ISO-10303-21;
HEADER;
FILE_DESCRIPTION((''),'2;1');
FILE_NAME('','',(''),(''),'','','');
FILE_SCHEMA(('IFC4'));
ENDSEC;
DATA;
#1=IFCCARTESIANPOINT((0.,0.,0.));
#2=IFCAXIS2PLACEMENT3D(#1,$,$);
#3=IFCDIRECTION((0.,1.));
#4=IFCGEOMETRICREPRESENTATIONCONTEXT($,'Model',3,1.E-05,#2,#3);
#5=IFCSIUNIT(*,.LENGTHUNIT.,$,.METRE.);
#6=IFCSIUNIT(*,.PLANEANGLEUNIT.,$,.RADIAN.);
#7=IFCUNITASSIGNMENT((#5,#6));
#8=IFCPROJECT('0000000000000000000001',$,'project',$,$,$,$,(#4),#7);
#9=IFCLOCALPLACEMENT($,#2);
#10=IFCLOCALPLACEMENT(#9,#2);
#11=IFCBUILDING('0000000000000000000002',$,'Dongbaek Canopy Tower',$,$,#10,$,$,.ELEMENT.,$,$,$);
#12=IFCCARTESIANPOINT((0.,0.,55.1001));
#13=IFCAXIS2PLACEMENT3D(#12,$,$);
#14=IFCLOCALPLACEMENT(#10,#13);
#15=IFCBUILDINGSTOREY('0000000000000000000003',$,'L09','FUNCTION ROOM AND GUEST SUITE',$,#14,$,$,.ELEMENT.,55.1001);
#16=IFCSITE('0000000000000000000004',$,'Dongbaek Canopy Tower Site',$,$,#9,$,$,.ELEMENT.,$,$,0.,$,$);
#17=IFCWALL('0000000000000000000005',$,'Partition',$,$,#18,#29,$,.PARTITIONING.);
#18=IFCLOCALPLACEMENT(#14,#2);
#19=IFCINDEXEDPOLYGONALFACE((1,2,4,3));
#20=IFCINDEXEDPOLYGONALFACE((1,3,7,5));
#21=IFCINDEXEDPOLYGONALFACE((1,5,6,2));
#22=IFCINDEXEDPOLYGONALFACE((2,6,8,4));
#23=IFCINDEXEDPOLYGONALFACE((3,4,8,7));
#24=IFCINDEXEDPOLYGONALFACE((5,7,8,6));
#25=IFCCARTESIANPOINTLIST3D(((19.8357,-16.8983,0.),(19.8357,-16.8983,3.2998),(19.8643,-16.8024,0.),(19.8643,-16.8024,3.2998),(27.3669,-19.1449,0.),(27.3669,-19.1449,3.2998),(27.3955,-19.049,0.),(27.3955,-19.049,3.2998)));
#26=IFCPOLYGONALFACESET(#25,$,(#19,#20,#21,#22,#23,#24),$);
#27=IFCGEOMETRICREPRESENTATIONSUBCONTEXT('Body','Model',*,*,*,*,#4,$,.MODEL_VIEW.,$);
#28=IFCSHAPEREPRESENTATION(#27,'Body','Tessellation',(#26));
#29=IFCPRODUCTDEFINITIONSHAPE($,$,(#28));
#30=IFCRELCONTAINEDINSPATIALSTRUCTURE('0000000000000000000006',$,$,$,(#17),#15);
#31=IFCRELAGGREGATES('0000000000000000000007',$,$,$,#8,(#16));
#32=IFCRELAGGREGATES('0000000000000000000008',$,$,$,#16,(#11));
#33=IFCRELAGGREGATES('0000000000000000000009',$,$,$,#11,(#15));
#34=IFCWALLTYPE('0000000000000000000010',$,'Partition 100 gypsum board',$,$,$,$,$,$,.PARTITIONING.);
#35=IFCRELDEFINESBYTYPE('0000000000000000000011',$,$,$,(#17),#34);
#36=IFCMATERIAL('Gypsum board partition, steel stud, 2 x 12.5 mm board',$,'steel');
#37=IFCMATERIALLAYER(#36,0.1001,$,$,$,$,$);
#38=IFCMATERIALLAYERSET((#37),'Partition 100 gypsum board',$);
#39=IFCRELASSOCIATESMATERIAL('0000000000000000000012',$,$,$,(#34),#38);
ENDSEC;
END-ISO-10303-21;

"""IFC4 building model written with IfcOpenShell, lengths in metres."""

from ifc_helpers import new_model, si_unit, direction, frame, frame_2d, origin, place, context, subcontext, project, spatial, rectangle, extrude, material, layer, layer_set, type_object, element, save


model = new_model("IFC4")

# Units and contexts
model_context = context("Model", 3, precision=1e-05, world=origin(), true_north=direction((0.0, 1.0)))
body_context = subcontext(model_context, "Body", "Model", "MODEL_VIEW")
ifc_project = project(units=[si_unit("LENGTHUNIT", "METRE"), si_unit("PLANEANGLEUNIT", "RADIAN")], contexts=[model_context])

# Site, building, storey
site_placement = place(None, origin())
site = spatial("IfcSite", under=ifc_project, at=site_placement, Name="Dongbaek Canopy Tower Site", CompositionType="ELEMENT", RefElevation=0.0)
building_placement = place(site_placement, origin())
building = spatial("IfcBuilding", under=site, at=building_placement, Name="Dongbaek Canopy Tower", CompositionType="ELEMENT")
storey_placement = place(building_placement, frame((0.0, 0.0, 55.1001)))
storey = spatial("IfcBuildingStorey", under=building, at=storey_placement, Name="L09", Description="FUNCTION ROOM AND GUEST SUITE", CompositionType="ELEMENT", Elevation=55.1001)

# Wall
ifc_material_1 = material(Name="Gypsum board partition, steel stud, 2 x 12.5 mm board", Category="steel")
ifc_layer = layer(ifc_material_1, 0.1001)
ifc_layer_set = layer_set([ifc_layer], Name="Partition 100 gypsum board")
wall_type = type_object("IfcWallType", Name="Partition 100 gypsum board", PredefinedType="PARTITIONING", material=ifc_layer_set)
wall_placement = place(storey_placement, frame((19.8499, -16.8503, 0.0), z_axis=(0.0, 0.0, 1.0), x_axis=(0.958273, -0.285854, 0.0)))
element("IfcWall", 1, at=wall_placement, inside=storey, type_object=wall_type, Name="Partition", PredefinedType="PARTITIONING", context=body_context, shape_type="SweptSolid", body=[
    extrude(rectangle(XDim=7.8591, YDim=0.1001, at=frame_2d((3.9297, 0.0))), origin(), (0.0, 0.0, 1.0), 3.2998),
])

save(model, "model.ifc")
